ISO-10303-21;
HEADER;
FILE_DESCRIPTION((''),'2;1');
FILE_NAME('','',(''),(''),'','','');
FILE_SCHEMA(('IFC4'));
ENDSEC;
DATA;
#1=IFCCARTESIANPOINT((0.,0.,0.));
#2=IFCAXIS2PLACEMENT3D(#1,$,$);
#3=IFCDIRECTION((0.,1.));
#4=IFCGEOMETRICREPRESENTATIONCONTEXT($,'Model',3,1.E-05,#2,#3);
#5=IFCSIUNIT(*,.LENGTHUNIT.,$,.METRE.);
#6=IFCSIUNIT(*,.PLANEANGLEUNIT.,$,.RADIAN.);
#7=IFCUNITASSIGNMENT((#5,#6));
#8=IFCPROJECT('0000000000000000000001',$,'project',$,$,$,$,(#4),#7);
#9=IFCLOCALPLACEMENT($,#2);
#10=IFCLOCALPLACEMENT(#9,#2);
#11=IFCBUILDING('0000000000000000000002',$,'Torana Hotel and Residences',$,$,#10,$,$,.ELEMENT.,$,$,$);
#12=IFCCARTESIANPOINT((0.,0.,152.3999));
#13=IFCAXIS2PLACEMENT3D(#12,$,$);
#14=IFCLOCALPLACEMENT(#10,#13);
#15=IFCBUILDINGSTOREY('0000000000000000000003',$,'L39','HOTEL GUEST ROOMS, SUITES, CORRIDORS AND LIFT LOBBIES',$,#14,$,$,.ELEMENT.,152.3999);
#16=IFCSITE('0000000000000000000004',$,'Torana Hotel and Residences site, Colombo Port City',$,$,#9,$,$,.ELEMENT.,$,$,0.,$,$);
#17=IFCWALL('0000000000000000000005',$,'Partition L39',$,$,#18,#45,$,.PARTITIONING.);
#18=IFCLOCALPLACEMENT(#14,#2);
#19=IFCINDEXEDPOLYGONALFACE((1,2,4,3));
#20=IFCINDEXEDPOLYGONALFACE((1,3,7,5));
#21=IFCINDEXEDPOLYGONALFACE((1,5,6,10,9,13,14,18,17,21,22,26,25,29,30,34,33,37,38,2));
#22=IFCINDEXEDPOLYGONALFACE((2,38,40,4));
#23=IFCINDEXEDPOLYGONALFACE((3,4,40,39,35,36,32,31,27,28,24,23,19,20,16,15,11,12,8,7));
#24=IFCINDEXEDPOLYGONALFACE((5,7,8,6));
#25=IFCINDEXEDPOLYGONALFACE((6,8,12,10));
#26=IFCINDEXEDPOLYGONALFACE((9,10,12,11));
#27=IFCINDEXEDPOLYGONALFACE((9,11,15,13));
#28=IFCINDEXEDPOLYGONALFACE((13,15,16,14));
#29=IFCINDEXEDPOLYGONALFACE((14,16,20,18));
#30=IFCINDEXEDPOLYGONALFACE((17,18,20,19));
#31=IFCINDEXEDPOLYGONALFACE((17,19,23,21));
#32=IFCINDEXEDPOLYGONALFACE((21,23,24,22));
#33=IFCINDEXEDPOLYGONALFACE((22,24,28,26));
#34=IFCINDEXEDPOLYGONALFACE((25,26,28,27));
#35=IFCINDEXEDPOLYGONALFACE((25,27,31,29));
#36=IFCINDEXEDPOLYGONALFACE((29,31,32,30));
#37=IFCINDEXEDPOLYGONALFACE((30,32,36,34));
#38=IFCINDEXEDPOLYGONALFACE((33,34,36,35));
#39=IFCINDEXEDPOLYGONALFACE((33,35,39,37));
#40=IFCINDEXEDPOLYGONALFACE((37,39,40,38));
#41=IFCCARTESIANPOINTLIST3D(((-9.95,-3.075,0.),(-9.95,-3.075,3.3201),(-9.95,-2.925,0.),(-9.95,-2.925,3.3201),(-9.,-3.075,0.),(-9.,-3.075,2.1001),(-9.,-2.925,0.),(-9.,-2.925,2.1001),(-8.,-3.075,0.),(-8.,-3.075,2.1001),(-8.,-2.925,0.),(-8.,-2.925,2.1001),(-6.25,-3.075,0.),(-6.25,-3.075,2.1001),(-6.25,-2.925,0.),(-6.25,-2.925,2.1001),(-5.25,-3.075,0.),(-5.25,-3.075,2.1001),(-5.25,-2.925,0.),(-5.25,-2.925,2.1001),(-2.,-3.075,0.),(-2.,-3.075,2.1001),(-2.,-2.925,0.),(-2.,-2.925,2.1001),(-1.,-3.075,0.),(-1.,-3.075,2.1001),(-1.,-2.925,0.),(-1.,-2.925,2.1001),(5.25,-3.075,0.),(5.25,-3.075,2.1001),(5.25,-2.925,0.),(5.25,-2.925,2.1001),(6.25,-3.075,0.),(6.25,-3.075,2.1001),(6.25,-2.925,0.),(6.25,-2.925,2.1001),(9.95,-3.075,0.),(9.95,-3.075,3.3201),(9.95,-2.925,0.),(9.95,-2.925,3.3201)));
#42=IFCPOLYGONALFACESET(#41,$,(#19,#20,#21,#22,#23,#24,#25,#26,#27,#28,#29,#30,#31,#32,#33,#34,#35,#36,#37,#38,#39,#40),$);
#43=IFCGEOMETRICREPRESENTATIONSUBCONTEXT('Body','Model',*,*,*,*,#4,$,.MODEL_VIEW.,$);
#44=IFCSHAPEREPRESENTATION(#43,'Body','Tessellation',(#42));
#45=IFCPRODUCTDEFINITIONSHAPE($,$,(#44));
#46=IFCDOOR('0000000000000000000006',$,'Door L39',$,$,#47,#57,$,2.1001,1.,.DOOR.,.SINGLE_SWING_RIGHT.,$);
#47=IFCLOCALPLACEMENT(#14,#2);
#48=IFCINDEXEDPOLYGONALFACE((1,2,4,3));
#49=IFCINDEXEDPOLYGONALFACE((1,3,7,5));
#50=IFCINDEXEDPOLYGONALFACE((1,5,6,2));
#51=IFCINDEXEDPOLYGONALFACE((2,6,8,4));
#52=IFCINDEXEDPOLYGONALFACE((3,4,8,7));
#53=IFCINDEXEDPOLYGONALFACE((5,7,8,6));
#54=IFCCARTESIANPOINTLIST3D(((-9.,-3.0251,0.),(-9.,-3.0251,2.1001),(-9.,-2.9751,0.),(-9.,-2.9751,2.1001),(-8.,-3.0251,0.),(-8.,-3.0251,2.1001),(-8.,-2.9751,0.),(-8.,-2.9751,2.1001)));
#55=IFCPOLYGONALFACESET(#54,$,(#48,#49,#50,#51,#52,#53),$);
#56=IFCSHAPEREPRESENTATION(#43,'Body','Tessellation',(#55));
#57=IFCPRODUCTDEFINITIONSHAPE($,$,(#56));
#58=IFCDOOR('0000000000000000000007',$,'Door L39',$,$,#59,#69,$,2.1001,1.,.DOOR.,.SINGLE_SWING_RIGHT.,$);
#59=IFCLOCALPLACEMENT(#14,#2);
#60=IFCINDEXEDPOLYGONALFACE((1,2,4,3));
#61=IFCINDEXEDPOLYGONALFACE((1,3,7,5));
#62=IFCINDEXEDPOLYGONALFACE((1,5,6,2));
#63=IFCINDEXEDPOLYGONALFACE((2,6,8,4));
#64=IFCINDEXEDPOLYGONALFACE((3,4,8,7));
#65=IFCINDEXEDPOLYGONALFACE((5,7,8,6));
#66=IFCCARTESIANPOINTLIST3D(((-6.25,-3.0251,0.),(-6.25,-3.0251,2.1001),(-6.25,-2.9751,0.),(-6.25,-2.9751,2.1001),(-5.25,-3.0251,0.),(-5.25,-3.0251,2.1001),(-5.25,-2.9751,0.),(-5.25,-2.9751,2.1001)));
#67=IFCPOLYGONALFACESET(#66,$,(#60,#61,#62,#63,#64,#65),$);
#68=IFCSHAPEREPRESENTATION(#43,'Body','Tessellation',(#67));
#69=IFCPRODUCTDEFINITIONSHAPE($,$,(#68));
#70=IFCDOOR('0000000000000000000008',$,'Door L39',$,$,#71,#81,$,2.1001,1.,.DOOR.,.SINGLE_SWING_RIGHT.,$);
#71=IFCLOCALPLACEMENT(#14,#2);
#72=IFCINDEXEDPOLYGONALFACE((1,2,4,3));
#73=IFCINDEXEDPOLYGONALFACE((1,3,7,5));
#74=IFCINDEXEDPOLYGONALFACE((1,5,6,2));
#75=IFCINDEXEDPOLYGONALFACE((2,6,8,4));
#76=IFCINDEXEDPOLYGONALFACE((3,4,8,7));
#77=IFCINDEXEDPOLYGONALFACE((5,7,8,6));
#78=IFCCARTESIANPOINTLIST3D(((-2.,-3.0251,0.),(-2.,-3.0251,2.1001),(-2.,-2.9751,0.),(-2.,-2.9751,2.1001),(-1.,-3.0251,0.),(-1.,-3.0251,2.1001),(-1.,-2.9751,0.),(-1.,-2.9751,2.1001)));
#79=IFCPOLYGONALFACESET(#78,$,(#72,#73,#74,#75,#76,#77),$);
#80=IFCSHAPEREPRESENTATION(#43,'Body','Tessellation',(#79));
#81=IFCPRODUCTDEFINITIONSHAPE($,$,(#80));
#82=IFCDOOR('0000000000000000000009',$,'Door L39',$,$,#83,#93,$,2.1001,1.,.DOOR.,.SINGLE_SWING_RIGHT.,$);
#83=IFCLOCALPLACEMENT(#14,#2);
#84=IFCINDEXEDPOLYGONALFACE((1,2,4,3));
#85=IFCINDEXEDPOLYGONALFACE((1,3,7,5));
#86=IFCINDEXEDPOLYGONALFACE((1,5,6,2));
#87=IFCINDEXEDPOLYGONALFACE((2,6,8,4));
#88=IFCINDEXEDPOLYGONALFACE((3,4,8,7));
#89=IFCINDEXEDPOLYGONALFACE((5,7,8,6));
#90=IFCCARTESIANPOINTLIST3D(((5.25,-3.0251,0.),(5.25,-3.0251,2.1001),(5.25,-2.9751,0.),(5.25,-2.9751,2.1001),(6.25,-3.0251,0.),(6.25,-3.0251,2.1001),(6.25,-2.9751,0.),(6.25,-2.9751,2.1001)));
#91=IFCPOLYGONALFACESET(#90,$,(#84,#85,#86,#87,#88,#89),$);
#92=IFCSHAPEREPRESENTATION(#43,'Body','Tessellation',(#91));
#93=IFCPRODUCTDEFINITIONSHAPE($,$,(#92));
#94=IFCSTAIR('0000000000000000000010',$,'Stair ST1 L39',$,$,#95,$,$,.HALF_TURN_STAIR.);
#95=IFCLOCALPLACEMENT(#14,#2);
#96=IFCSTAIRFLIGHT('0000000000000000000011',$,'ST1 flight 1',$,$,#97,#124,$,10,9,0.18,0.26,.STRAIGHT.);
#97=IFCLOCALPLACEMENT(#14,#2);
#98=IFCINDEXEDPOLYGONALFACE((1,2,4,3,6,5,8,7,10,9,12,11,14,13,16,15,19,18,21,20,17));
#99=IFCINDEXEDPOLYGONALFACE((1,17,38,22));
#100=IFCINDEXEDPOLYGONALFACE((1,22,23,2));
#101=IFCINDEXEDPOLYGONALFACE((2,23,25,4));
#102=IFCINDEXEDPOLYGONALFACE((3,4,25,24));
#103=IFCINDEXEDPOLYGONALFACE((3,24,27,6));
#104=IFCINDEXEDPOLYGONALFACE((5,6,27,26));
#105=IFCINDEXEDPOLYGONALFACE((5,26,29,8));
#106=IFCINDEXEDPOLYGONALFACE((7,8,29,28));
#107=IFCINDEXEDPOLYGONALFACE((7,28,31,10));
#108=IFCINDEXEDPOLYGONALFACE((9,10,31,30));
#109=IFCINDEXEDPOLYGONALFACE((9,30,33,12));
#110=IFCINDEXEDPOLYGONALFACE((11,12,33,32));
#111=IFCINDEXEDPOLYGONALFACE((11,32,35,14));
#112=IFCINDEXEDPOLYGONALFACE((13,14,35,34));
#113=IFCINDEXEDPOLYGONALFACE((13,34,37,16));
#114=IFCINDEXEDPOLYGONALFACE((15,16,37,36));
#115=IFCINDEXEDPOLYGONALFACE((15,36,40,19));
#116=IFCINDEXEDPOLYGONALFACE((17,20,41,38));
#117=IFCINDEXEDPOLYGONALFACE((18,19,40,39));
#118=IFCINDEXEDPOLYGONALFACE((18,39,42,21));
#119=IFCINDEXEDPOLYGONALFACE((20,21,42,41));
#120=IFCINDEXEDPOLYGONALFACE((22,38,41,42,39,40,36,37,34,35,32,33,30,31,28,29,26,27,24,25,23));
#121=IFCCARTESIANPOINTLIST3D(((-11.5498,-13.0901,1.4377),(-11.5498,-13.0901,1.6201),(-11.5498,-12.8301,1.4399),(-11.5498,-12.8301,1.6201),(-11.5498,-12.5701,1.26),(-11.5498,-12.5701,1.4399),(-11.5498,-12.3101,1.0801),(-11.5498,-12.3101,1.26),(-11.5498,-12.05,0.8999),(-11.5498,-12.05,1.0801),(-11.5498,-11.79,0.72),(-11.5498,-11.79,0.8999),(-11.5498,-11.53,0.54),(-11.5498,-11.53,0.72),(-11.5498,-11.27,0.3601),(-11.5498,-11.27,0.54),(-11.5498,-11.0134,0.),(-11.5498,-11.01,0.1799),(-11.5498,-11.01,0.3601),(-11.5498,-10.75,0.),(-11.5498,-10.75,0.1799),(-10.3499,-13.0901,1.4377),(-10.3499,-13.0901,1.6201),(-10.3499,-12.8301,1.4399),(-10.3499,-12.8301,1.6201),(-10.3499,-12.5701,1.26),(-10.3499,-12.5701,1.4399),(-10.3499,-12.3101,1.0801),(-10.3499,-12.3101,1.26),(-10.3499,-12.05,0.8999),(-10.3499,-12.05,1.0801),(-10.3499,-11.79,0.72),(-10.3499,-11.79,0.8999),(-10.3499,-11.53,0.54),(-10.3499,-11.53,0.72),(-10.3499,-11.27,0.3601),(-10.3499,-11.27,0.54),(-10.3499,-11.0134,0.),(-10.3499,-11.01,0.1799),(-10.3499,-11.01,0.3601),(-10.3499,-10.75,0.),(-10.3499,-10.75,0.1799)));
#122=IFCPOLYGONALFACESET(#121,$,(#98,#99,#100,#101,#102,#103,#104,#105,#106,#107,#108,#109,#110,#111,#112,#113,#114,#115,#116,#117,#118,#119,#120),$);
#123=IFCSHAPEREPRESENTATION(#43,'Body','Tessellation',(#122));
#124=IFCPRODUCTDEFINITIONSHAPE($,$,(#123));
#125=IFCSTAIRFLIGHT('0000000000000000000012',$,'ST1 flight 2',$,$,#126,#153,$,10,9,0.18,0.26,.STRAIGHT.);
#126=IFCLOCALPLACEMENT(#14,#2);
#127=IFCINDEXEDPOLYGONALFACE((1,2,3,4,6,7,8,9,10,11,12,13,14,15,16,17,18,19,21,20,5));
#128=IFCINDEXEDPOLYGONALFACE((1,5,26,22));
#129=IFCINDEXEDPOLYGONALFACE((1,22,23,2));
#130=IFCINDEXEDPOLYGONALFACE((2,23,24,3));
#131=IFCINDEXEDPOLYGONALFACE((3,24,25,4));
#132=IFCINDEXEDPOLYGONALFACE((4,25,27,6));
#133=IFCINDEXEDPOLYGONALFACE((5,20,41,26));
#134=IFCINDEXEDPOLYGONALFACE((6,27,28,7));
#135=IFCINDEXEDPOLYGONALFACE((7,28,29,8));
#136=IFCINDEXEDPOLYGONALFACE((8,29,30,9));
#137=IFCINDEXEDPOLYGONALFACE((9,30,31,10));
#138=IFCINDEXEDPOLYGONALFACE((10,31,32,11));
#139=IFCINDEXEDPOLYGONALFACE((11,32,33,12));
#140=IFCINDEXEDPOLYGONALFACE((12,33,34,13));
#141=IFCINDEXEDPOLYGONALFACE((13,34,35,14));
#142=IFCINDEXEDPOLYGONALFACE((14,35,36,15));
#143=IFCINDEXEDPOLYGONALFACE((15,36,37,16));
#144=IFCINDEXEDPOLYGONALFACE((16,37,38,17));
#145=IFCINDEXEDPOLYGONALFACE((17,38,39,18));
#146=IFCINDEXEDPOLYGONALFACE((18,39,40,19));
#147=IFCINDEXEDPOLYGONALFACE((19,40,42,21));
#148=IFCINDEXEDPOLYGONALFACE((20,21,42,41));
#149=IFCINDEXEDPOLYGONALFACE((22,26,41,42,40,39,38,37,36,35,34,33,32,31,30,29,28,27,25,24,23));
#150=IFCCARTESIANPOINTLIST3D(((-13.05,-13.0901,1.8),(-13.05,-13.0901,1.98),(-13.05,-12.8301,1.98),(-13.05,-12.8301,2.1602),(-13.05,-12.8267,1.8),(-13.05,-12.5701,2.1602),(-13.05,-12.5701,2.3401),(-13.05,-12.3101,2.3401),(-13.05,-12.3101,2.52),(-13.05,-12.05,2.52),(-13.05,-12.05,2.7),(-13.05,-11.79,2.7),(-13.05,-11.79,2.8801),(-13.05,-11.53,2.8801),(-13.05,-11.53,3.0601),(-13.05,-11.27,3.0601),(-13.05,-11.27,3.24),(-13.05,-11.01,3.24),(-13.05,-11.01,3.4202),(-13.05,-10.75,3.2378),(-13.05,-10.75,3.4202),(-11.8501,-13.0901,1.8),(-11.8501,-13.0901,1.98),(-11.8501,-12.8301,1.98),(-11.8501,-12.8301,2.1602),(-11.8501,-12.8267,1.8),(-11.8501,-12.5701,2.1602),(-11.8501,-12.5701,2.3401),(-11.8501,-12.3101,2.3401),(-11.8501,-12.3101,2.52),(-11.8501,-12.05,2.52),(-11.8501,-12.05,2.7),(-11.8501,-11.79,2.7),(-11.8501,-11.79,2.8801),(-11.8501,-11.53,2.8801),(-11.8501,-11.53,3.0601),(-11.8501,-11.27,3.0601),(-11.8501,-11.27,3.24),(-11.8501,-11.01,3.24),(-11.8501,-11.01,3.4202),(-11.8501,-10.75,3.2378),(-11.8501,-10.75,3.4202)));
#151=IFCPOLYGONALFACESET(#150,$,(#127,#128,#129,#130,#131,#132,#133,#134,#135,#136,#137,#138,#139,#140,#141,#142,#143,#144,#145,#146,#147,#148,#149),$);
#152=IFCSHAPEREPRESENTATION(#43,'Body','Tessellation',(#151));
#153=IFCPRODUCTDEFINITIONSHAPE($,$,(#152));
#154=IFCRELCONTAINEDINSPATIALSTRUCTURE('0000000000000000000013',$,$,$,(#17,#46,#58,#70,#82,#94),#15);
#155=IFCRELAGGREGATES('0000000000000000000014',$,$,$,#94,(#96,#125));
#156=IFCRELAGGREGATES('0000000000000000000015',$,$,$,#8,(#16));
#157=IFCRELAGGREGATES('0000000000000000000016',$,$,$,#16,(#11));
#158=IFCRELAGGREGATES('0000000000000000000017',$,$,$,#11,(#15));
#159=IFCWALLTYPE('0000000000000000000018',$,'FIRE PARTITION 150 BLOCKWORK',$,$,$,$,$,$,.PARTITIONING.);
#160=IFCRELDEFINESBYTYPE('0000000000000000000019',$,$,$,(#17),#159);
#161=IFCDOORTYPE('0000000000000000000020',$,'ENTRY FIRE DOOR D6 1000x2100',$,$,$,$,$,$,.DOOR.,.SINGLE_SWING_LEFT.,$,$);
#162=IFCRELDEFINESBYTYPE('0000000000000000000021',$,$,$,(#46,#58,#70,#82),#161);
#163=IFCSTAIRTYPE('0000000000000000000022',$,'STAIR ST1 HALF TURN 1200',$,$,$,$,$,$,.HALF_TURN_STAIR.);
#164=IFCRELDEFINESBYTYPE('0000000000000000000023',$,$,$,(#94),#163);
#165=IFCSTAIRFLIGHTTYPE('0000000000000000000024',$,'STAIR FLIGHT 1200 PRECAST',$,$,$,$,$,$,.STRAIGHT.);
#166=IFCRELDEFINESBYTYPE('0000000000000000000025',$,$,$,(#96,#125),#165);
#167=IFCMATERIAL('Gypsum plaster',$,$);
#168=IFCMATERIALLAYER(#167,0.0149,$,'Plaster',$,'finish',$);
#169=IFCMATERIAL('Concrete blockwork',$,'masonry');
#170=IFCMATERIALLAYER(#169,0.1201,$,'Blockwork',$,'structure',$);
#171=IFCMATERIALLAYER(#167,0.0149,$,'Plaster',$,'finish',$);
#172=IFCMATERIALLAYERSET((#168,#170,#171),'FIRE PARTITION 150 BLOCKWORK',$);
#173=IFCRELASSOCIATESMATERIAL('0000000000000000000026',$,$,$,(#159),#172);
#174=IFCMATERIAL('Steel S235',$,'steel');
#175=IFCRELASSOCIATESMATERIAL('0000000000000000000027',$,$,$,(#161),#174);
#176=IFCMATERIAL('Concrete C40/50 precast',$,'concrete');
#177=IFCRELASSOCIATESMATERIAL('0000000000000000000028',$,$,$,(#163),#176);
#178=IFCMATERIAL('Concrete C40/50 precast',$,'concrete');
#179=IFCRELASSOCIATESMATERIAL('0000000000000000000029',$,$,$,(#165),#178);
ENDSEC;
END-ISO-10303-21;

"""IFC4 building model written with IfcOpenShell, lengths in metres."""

from ifc_helpers import new_model, si_unit, direction, frame, frame_2d, origin, place, context, subcontext, project, spatial, polyline, rectangle, outline, extrude, material, layer, layer_set, type_object, element, fill, aggregate, save


model = new_model("IFC4")

# Units and contexts
model_context = context("Model", 3, precision=1e-05, world=origin(), true_north=direction((0.0, 1.0)))
body_context = subcontext(model_context, "Body", "Model", "MODEL_VIEW")
ifc_project = project(units=[si_unit("LENGTHUNIT", "METRE"), si_unit("PLANEANGLEUNIT", "RADIAN")], contexts=[model_context])

# Site, building, storey
site_placement = place(None, origin())
site = spatial("IfcSite", under=ifc_project, at=site_placement, Name="Torana Hotel and Residences site, Colombo Port City", CompositionType="ELEMENT", RefElevation=0.0)
building_placement = place(site_placement, origin())
building = spatial("IfcBuilding", under=site, at=building_placement, Name="Torana Hotel and Residences", CompositionType="ELEMENT")
storey_placement = place(building_placement, frame((0.0, 0.0, 152.3999)))
storey = spatial("IfcBuildingStorey", under=building, at=storey_placement, Name="L39", Description="HOTEL GUEST ROOMS, SUITES, CORRIDORS AND LIFT LOBBIES", CompositionType="ELEMENT", Elevation=152.3999)

# Shared definitions
ifc_material_1 = material(Name="Gypsum plaster")
ifc_layer_1 = layer(ifc_material_1, 0.0149, Name="Plaster", Category="finish")
ifc_material_2 = material(Name="Concrete blockwork", Category="masonry")
ifc_layer_2 = layer(ifc_material_2, 0.1201, Name="Blockwork", Category="structure")
ifc_layer_3 = layer(ifc_material_1, 0.0149, Name="Plaster", Category="finish")
ifc_layer_set_1 = layer_set([ifc_layer_1, ifc_layer_2, ifc_layer_3], Name="FIRE PARTITION 150 BLOCKWORK")
wall_type_1 = type_object("IfcWallType", Name="FIRE PARTITION 150 BLOCKWORK", PredefinedType="PARTITIONING", material=ifc_layer_set_1)

# Wall, openings, doors
ifc_material_3 = material(Name="Steel S235", Category="steel")
door_type_1 = type_object("IfcDoorType", Name="ENTRY FIRE DOOR D6 1000x2100", OperationType="SINGLE_SWING_LEFT", PredefinedType="DOOR", material=ifc_material_3)
wall_1_placement = place(storey_placement, frame((-9.95, -3.0, 0.0), z_axis=(0.0, 0.0, 1.0), x_axis=(1.0, 0.0, 0.0)))
wall_1 = element("IfcWall", 1, at=wall_1_placement, inside=storey, type_object=wall_type_1, Name="Partition L39", PredefinedType="PARTITIONING", context=body_context, shape_type="SweptSolid", body=[
    extrude(rectangle(XDim=19.8999, YDim=0.1499, at=frame_2d((9.95, 0.0))), origin(), (0.0, 0.0, 1.0), 3.3201),
])
opening_1_placement = place(wall_1_placement, frame((0.95, 0.0, 0.0)))
opening_1 = element("IfcOpeningElement", 2, at=opening_1_placement, cuts=wall_1, PredefinedType="OPENING", context=body_context, shape_type="SweptSolid", body=[
    extrude(rectangle(XDim=1.0, YDim=2.1001, at=frame_2d((0.5, 1.05))), frame((0.0, 0.085, 0.0), z_axis=(0.0, -1.0, 0.0), x_axis=(1.0, 0.0, 0.0)), (0.0, 0.0, 1.0), 0.1699),
])
opening_2_placement = place(wall_1_placement, frame((3.7, 0.0, 0.0)))
opening_2 = element("IfcOpeningElement", 3, at=opening_2_placement, cuts=wall_1, PredefinedType="OPENING", context=body_context, shape_type="SweptSolid", body=[
    extrude(rectangle(XDim=1.0, YDim=2.1001, at=frame_2d((0.5, 1.05))), frame((0.0, 0.085, 0.0), z_axis=(0.0, -1.0, 0.0), x_axis=(1.0, 0.0, 0.0)), (0.0, 0.0, 1.0), 0.1699),
])
opening_3_placement = place(wall_1_placement, frame((7.95, 0.0, 0.0)))
opening_3 = element("IfcOpeningElement", 4, at=opening_3_placement, cuts=wall_1, PredefinedType="OPENING", context=body_context, shape_type="SweptSolid", body=[
    extrude(rectangle(XDim=1.0, YDim=2.1001, at=frame_2d((0.5, 1.05))), frame((0.0, 0.085, 0.0), z_axis=(0.0, -1.0, 0.0), x_axis=(1.0, 0.0, 0.0)), (0.0, 0.0, 1.0), 0.1699),
])
opening_4_placement = place(wall_1_placement, frame((15.2, 0.0, 0.0)))
opening_4 = element("IfcOpeningElement", 5, at=opening_4_placement, cuts=wall_1, PredefinedType="OPENING", context=body_context, shape_type="SweptSolid", body=[
    extrude(rectangle(XDim=1.0, YDim=2.1001, at=frame_2d((0.5, 1.05))), frame((0.0, 0.085, 0.0), z_axis=(0.0, -1.0, 0.0), x_axis=(1.0, 0.0, 0.0)), (0.0, 0.0, 1.0), 0.1699),
])
door_1_placement = place(opening_1_placement, origin())
door_1 = element("IfcDoor", 6, at=door_1_placement, inside=storey, type_object=door_type_1, Name="Door L39", OperationType="SINGLE_SWING_RIGHT", OverallHeight=2.1001, OverallWidth=1.0, PredefinedType="DOOR", context=body_context, shape_type="SweptSolid", body=[
    extrude(rectangle(XDim=1.0, YDim=2.1001, at=frame_2d((0.5, 1.05))), frame((0.0, 0.0249, 0.0), z_axis=(0.0, -1.0, 0.0), x_axis=(1.0, 0.0, 0.0)), (0.0, 0.0, 1.0), 0.05),
])
fill(opening_1, door_1)
door_2_placement = place(opening_2_placement, origin())
door_2 = element("IfcDoor", 7, at=door_2_placement, inside=storey, type_object=door_type_1, Name="Door L39", OperationType="SINGLE_SWING_RIGHT", OverallHeight=2.1001, OverallWidth=1.0, PredefinedType="DOOR", context=body_context, shape_type="SweptSolid", body=[
    extrude(rectangle(XDim=1.0, YDim=2.1001, at=frame_2d((0.5, 1.05))), frame((0.0, 0.0249, 0.0), z_axis=(0.0, -1.0, 0.0), x_axis=(1.0, 0.0, 0.0)), (0.0, 0.0, 1.0), 0.05),
])
fill(opening_2, door_2)
door_3_placement = place(opening_3_placement, origin())
door_3 = element("IfcDoor", 8, at=door_3_placement, inside=storey, type_object=door_type_1, Name="Door L39", OperationType="SINGLE_SWING_RIGHT", OverallHeight=2.1001, OverallWidth=1.0, PredefinedType="DOOR", context=body_context, shape_type="SweptSolid", body=[
    extrude(rectangle(XDim=1.0, YDim=2.1001, at=frame_2d((0.5, 1.05))), frame((0.0, 0.0249, 0.0), z_axis=(0.0, -1.0, 0.0), x_axis=(1.0, 0.0, 0.0)), (0.0, 0.0, 1.0), 0.05),
])
fill(opening_3, door_3)
door_4_placement = place(opening_4_placement, origin())
door_4 = element("IfcDoor", 9, at=door_4_placement, inside=storey, type_object=door_type_1, Name="Door L39", OperationType="SINGLE_SWING_RIGHT", OverallHeight=2.1001, OverallWidth=1.0, PredefinedType="DOOR", context=body_context, shape_type="SweptSolid", body=[
    extrude(rectangle(XDim=1.0, YDim=2.1001, at=frame_2d((0.5, 1.05))), frame((0.0, 0.0249, 0.0), z_axis=(0.0, -1.0, 0.0), x_axis=(1.0, 0.0, 0.0)), (0.0, 0.0, 1.0), 0.05),
])
fill(opening_4, door_4)

# Stair, stair flights
ifc_material_4 = material(Name="Concrete C40/50 precast", Category="concrete")
stair_type = type_object("IfcStairType", Name="STAIR ST1 HALF TURN 1200", PredefinedType="HALF_TURN_STAIR", material=ifc_material_4)
stair_placement = place(storey_placement, origin())
stair = element("IfcStair", 10, at=stair_placement, inside=storey, type_object=stair_type, Name="Stair ST1 L39", PredefinedType="HALF_TURN_STAIR")
ifc_material_5 = material(Name="Concrete C40/50 precast", Category="concrete")
stair_flight_type = type_object("IfcStairFlightType", Name="STAIR FLIGHT 1200 PRECAST", PredefinedType="STRAIGHT", material=ifc_material_5)
stair_flight_1_placement = place(storey_placement, frame((-10.95, -10.75, 0.0), z_axis=(0.0, 0.0, 1.0), x_axis=(0.0, -1.0, 0.0)))
stair_flight_1 = element("IfcStairFlight", 11, at=stair_flight_1_placement, type_object=stair_flight_type, Name="ST1 flight 1", NumberOfRisers=10, NumberOfTreads=9, PredefinedType="STRAIGHT", RiserHeight=0.18, TreadLength=0.26, context=body_context, shape_type="SweptSolid", body=[
    extrude(outline(polyline([(0.0, 0.0), (0.0, 0.1799), (0.26, 0.1799), (0.26, 0.3601), (0.52, 0.3601), (0.52, 0.54), (0.78, 0.54), (0.78, 0.72), (1.04, 0.72), (1.04, 0.8999), (1.3, 0.8999), (1.3, 1.0801), (1.5601, 1.0801), (1.5601, 1.26), (1.8201, 1.26), (1.8201, 1.4399), (2.0801, 1.4399), (2.0801, 1.6201), (2.3401, 1.6201), (2.3401, 1.8), (2.3401, 1.4377), (0.2634, 0.0), (0.0, 0.0)])), frame((0.0, 0.6001, 0.0), z_axis=(0.0, -1.0, 0.0), x_axis=(1.0, 0.0, 0.0)), (0.0, 0.0, 1.0), 1.2),
])
stair_flight_2_placement = place(storey_placement, frame((-12.45, -13.0901, 1.8), z_axis=(0.0, 0.0, 1.0), x_axis=(0.0, 1.0, 0.0)))
stair_flight_2 = element("IfcStairFlight", 12, at=stair_flight_2_placement, type_object=stair_flight_type, Name="ST1 flight 2", NumberOfRisers=10, NumberOfTreads=9, PredefinedType="STRAIGHT", RiserHeight=0.18, TreadLength=0.26, context=body_context, shape_type="SweptSolid", body=[
    extrude(outline(polyline([(0.0, 0.0), (0.0, 0.1799), (0.26, 0.1799), (0.26, 0.3601), (0.52, 0.3601), (0.52, 0.54), (0.78, 0.54), (0.78, 0.72), (1.04, 0.72), (1.04, 0.8999), (1.3, 0.8999), (1.3, 1.0801), (1.5601, 1.0801), (1.5601, 1.26), (1.8201, 1.26), (1.8201, 1.4399), (2.0801, 1.4399), (2.0801, 1.6201), (2.3401, 1.6201), (2.3401, 1.8), (2.3401, 1.4377), (0.2634, 0.0), (0.0, 0.0)])), frame((0.0, 0.6001, 0.0), z_axis=(0.0, -1.0, 0.0), x_axis=(1.0, 0.0, 0.0)), (0.0, 0.0, 1.0), 1.2),
])
aggregate(stair, [stair_flight_1, stair_flight_2])

save(model, "model.ifc")
